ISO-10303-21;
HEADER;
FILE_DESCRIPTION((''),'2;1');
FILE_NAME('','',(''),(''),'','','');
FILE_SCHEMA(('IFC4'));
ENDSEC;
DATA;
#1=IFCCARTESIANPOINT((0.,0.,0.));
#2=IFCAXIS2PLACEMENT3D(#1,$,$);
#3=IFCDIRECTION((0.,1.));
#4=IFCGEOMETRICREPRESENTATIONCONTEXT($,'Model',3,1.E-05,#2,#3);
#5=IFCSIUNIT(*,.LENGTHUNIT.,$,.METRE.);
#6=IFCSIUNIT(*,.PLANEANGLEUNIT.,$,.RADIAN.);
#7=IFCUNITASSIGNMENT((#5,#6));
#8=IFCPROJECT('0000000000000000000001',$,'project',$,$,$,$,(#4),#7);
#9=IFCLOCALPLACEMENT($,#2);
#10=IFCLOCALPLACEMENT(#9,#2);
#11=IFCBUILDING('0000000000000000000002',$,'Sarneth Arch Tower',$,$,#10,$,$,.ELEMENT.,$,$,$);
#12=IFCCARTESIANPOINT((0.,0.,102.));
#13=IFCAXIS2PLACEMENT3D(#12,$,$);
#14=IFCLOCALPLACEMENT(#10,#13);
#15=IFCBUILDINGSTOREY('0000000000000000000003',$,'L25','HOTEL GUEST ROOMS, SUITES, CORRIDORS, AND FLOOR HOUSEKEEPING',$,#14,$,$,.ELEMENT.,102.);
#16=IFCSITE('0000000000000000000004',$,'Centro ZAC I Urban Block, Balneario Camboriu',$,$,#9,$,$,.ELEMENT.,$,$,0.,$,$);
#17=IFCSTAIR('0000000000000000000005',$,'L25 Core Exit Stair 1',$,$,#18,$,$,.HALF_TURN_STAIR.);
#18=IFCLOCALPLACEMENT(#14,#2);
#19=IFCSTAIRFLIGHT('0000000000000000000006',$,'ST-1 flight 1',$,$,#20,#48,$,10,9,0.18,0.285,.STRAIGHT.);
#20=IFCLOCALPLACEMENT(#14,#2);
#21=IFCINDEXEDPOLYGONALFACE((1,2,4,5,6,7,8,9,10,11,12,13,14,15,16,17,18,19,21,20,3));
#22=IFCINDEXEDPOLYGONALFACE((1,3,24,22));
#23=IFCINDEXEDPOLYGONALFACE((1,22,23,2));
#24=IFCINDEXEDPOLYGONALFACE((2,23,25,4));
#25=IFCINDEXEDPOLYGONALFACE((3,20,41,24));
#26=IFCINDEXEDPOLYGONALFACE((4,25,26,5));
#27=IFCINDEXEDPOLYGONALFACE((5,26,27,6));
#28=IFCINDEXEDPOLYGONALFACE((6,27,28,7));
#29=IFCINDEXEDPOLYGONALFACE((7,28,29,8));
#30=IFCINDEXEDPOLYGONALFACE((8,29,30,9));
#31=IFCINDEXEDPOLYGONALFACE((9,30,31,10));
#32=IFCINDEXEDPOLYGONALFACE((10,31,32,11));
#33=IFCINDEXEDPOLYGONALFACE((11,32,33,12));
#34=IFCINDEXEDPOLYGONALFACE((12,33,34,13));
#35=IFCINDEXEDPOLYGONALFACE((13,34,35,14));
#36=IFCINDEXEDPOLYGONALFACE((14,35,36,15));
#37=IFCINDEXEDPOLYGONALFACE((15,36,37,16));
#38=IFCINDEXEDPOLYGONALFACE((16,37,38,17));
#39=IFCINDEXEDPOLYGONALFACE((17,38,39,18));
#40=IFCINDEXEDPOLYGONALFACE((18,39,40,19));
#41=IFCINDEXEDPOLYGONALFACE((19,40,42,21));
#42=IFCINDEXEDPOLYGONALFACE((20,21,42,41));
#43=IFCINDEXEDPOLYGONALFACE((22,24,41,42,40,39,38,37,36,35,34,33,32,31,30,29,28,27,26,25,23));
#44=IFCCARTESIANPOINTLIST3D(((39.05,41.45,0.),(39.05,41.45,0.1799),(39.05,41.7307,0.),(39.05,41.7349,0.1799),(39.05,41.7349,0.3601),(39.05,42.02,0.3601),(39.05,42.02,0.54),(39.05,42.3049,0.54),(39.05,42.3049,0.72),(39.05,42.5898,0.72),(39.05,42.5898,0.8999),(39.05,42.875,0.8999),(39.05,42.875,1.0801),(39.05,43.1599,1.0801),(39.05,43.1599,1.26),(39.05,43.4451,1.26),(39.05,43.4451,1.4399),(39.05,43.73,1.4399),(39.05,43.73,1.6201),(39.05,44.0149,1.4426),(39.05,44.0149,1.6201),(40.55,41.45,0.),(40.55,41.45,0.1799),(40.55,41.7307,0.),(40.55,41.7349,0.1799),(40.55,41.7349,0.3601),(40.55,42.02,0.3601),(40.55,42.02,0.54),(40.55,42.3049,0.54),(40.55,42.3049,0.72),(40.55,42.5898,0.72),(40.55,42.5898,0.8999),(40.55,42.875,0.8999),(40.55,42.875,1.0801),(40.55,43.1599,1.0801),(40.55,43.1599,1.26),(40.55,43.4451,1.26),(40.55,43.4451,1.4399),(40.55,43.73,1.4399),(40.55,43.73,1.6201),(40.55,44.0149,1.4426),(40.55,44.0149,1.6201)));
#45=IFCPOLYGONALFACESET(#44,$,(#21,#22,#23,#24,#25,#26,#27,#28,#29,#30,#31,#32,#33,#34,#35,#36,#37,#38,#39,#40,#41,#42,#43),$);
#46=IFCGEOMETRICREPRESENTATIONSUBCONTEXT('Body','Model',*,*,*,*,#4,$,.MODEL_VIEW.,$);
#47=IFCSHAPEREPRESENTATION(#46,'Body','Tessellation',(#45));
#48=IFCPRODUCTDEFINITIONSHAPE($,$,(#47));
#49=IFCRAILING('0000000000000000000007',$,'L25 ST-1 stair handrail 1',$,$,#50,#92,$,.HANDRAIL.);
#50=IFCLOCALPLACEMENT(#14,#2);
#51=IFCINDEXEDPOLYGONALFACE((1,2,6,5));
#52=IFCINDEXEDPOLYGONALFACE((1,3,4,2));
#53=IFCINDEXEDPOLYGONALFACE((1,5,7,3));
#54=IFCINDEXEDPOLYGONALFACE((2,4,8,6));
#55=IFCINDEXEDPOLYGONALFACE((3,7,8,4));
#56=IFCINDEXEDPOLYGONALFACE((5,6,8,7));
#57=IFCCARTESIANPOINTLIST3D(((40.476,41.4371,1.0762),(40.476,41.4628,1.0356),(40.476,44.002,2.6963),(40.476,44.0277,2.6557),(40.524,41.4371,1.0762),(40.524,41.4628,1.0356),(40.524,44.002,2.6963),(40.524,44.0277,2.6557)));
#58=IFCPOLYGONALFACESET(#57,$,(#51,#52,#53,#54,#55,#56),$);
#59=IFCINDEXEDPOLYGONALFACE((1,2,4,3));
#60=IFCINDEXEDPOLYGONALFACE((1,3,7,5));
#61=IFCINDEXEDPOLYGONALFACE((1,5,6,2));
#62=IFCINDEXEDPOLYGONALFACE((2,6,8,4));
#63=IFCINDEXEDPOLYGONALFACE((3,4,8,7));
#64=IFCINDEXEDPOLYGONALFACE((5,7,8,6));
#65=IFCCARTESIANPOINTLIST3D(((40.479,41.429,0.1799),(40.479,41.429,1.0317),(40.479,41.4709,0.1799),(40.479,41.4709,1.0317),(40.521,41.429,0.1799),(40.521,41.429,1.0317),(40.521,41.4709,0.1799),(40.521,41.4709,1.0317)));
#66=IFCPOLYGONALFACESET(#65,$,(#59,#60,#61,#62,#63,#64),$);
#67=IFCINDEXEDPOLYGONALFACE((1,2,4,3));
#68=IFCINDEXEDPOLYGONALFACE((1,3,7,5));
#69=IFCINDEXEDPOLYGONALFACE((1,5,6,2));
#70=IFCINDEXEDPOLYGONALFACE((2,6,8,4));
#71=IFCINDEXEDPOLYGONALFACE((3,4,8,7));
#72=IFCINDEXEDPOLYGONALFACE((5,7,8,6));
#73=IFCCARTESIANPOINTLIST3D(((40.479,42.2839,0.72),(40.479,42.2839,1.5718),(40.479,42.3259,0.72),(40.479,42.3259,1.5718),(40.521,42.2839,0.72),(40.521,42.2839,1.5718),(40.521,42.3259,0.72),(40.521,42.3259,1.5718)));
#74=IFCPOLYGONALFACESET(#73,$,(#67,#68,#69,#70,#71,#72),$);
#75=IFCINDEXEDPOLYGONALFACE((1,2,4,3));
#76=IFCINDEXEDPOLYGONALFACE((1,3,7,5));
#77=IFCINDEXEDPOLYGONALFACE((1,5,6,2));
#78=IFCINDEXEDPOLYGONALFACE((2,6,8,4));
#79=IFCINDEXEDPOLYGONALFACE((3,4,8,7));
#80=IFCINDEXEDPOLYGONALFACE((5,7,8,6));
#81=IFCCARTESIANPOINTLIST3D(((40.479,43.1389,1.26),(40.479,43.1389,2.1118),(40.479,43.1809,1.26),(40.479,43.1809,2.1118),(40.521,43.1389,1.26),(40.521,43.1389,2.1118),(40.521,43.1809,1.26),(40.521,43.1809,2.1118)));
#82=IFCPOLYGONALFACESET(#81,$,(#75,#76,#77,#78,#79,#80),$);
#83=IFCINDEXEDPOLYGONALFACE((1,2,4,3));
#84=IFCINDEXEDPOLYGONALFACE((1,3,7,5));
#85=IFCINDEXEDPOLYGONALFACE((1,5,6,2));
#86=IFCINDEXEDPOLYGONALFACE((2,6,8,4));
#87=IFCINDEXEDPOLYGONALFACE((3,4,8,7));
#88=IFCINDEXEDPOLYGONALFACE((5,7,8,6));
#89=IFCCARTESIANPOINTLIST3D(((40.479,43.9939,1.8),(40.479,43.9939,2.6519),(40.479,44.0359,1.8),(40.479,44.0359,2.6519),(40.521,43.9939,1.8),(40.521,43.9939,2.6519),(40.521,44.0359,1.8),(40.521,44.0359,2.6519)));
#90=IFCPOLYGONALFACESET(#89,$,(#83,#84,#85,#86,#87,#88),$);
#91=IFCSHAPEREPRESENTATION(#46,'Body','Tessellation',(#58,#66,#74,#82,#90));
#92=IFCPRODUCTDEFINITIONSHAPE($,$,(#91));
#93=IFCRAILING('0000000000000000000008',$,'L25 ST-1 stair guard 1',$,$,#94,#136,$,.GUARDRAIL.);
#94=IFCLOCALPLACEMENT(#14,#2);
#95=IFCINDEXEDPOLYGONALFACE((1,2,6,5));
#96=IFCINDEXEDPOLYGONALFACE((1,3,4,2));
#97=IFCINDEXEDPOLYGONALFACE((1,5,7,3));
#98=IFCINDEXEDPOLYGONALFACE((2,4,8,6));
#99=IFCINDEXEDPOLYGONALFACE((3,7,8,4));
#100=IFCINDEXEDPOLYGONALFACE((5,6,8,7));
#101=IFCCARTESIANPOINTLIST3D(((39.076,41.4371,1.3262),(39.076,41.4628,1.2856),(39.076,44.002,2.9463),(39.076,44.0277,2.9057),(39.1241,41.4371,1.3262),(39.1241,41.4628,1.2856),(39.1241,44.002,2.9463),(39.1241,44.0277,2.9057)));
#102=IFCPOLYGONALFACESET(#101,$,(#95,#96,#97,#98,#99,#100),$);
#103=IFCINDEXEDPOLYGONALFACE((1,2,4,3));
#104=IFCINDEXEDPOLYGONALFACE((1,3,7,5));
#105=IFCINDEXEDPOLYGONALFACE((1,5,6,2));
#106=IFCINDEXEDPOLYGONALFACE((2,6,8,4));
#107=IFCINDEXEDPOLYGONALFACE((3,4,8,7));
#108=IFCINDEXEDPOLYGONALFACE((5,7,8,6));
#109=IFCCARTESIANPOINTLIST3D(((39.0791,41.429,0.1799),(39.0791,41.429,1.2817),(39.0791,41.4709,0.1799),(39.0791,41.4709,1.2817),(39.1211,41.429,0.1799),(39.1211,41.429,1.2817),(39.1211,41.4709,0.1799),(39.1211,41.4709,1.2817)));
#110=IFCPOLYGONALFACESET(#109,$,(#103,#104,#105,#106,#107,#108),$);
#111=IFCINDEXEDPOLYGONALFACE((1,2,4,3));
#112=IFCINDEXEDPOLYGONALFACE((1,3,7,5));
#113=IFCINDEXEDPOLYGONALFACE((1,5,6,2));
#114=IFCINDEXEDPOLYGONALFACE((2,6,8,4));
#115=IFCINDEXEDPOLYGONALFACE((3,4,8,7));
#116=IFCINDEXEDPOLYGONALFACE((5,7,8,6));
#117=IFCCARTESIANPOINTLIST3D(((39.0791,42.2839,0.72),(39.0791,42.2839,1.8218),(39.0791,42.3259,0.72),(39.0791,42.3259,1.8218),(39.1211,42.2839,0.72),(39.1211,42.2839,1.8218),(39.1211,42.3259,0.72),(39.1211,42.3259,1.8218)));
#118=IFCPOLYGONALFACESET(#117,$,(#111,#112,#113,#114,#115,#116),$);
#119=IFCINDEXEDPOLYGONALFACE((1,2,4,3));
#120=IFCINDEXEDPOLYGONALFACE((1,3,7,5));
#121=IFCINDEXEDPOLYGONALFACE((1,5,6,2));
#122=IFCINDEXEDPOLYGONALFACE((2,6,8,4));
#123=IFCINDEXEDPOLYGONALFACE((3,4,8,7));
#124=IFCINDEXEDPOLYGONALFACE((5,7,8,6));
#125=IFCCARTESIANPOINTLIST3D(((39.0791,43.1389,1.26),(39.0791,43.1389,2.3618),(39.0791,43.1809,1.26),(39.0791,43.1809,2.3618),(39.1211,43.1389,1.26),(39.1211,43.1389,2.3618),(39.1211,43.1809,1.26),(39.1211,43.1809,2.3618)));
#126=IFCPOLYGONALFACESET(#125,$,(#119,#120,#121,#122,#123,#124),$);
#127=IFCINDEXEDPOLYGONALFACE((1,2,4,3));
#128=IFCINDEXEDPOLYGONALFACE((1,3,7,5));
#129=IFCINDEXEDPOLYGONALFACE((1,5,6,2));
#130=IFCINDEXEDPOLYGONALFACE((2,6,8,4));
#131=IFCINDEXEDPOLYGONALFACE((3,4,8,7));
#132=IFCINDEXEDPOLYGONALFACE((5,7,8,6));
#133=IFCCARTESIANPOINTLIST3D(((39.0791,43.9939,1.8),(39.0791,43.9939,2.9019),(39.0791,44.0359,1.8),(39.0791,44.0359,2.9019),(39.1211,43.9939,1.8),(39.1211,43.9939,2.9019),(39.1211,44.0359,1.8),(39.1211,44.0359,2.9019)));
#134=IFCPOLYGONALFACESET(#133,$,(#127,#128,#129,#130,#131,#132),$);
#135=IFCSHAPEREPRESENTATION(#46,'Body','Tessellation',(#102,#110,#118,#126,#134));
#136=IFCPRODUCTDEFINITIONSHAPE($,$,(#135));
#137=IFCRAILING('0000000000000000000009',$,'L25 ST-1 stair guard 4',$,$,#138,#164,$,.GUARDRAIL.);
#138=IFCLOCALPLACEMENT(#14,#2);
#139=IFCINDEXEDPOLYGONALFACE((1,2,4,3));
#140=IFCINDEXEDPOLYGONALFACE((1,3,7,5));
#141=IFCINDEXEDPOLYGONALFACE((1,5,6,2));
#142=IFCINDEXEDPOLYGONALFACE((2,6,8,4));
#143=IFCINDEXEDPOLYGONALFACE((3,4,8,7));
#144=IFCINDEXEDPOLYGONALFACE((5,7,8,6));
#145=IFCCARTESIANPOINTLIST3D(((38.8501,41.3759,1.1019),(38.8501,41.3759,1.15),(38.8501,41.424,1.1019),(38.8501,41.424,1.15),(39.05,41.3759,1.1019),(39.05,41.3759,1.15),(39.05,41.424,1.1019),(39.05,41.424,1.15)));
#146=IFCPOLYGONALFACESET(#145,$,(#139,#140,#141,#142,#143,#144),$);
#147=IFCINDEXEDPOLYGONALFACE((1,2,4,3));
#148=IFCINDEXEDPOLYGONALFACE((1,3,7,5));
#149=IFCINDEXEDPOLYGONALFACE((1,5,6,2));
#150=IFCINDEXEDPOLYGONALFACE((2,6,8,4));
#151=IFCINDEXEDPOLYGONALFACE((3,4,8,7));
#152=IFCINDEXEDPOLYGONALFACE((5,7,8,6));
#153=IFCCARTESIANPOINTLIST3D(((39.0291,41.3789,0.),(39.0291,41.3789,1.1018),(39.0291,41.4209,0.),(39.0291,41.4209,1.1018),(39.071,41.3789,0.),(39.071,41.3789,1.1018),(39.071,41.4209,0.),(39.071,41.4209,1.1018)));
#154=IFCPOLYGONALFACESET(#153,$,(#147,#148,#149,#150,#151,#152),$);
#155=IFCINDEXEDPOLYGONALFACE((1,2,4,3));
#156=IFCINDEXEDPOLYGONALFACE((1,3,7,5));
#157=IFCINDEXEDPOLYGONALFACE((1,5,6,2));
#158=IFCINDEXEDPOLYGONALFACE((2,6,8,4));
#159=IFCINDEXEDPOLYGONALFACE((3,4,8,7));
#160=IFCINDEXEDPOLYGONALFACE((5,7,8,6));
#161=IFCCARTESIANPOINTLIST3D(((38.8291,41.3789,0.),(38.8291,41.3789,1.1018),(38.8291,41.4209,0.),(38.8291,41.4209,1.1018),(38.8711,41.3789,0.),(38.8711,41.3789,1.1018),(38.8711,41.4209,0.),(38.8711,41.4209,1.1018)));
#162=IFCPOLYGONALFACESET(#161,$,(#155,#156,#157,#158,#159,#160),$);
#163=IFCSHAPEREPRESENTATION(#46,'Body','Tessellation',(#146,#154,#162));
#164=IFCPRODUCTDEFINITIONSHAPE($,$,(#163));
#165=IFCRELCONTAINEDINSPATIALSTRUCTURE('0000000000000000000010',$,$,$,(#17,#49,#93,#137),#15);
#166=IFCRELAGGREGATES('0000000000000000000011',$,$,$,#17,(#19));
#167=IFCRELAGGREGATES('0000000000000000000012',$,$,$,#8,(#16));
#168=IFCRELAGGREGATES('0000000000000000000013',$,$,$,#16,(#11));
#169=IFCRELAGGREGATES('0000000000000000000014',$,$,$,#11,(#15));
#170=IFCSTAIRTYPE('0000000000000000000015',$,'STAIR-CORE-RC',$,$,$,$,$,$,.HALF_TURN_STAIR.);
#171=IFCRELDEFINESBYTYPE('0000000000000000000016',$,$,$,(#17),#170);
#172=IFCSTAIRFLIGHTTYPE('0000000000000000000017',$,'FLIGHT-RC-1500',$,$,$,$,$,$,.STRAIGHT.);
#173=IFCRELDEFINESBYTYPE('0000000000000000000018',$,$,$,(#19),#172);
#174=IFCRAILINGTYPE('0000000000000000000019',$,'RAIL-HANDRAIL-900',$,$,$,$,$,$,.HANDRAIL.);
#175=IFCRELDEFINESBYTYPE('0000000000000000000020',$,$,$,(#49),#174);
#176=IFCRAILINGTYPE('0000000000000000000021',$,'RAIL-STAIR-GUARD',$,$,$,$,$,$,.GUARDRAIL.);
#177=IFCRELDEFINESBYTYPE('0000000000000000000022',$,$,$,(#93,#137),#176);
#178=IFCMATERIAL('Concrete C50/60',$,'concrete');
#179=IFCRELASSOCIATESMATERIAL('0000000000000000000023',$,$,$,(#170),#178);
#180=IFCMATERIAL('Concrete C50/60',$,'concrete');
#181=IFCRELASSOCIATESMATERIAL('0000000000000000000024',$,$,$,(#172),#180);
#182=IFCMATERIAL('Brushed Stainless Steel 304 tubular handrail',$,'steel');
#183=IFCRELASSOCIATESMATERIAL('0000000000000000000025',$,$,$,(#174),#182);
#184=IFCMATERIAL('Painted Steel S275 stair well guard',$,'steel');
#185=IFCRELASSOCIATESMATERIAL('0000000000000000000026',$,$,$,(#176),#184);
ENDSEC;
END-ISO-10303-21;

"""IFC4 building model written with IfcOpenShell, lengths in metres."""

from ifc_helpers import new_model, si_unit, direction, frame, origin, origin_2d, place, context, subcontext, project, spatial, polyline, rectangle, outline, extrude, material, type_object, element, aggregate, save


model = new_model("IFC4")

# Units and contexts
model_context = context("Model", 3, precision=1e-05, world=origin(), true_north=direction((0.0, 1.0)))
body_context = subcontext(model_context, "Body", "Model", "MODEL_VIEW")
ifc_project = project(units=[si_unit("LENGTHUNIT", "METRE"), si_unit("PLANEANGLEUNIT", "RADIAN")], contexts=[model_context])

# Site, building, storey
site_placement = place(None, origin())
site = spatial("IfcSite", under=ifc_project, at=site_placement, Name="Centro ZAC I Urban Block, Balneario Camboriu", CompositionType="ELEMENT", RefElevation=0.0)
building_placement = place(site_placement, origin())
building = spatial("IfcBuilding", under=site, at=building_placement, Name="Sarneth Arch Tower", CompositionType="ELEMENT")
storey_placement = place(building_placement, frame((0.0, 0.0, 102.0)))
storey = spatial("IfcBuildingStorey", under=building, at=storey_placement, Name="L25", Description="HOTEL GUEST ROOMS, SUITES, CORRIDORS, AND FLOOR HOUSEKEEPING", CompositionType="ELEMENT", Elevation=102.0)

# Stair, stair flight
ifc_material_1 = material(Name="Concrete C50/60", Category="concrete")
stair_type = type_object("IfcStairType", Name="STAIR-CORE-RC", PredefinedType="HALF_TURN_STAIR", material=ifc_material_1)
stair_placement = place(storey_placement, origin())
stair = element("IfcStair", 1, at=stair_placement, inside=storey, type_object=stair_type, Name="L25 Core Exit Stair 1", PredefinedType="HALF_TURN_STAIR")
ifc_material_2 = material(Name="Concrete C50/60", Category="concrete")
stair_flight_type = type_object("IfcStairFlightType", Name="FLIGHT-RC-1500", PredefinedType="STRAIGHT", material=ifc_material_2)
stair_flight_placement = place(storey_placement, frame((39.8, 41.45, 0.0), z_axis=(0.0, 0.0, 1.0), x_axis=(0.0, 1.0, 0.0)))
stair_flight = element("IfcStairFlight", 2, at=stair_flight_placement, type_object=stair_flight_type, Name="ST-1 flight 1", NumberOfRisers=10, NumberOfTreads=9, PredefinedType="STRAIGHT", RiserHeight=0.18, TreadLength=0.285, context=body_context, shape_type="SweptSolid", body=[
    extrude(outline(polyline([(0.0, 0.0), (0.0, 0.1799), (0.2849, 0.1799), (0.2849, 0.3601), (0.5701, 0.3601), (0.5701, 0.54), (0.855, 0.54), (0.855, 0.72), (1.1399, 0.72), (1.1399, 0.8999), (1.425, 0.8999), (1.425, 1.0801), (1.71, 1.0801), (1.71, 1.26), (1.9951, 1.26), (1.9951, 1.4399), (2.28, 1.4399), (2.28, 1.6201), (2.5649, 1.6201), (2.5649, 1.8), (2.5649, 1.4426), (0.2808, 0.0), (0.0, 0.0)])), frame((0.0, 0.75, 0.0), z_axis=(0.0, -1.0, 0.0), x_axis=(1.0, 0.0, 0.0)), (0.0, 0.0, 1.0), 1.5),
])
aggregate(stair, [stair_flight])

# Railings
ifc_material_3 = material(Name="Brushed Stainless Steel 304 tubular handrail", Category="steel")
railing_type_1 = type_object("IfcRailingType", Name="RAIL-HANDRAIL-900", PredefinedType="HANDRAIL", material=ifc_material_3)
railing_1_placement = place(storey_placement, frame((40.5, 41.45, 0.1799)))
element("IfcRailing", 3, at=railing_1_placement, inside=storey, type_object=railing_type_1, Name="L25 ST-1 stair handrail 1", PredefinedType="HANDRAIL", context=body_context, shape_type="SweptSolid", body=[
    extrude(rectangle(XDim=0.0481, YDim=0.0481, at=origin_2d()), frame((0.0, 0.0, 0.876), z_axis=(0.0, 0.845466, 0.534029), x_axis=(-1.0, 0.0, 0.0)), (0.0, 0.0, 1.0), 3.0337),
    extrude(rectangle(XDim=0.042, YDim=0.042, at=origin_2d()), origin(), (0.0, 0.0, 1.0), 0.8518),
    extrude(rectangle(XDim=0.042, YDim=0.042, at=origin_2d()), frame((0.0, 0.855, 0.54)), (0.0, 0.0, 1.0), 0.8518),
    extrude(rectangle(XDim=0.042, YDim=0.042, at=origin_2d()), frame((0.0, 1.71, 1.0801)), (0.0, 0.0, 1.0), 0.8518),
    extrude(rectangle(XDim=0.042, YDim=0.042, at=origin_2d()), frame((0.0, 2.5649, 1.6201)), (0.0, 0.0, 1.0), 0.8518),
])
ifc_material_4 = material(Name="Painted Steel S275 stair well guard", Category="steel")
railing_type_2 = type_object("IfcRailingType", Name="RAIL-STAIR-GUARD", PredefinedType="GUARDRAIL", material=ifc_material_4)
railing_2_placement = place(storey_placement, frame((39.1001, 41.45, 0.1799)))
element("IfcRailing", 4, at=railing_2_placement, inside=storey, type_object=railing_type_2, Name="L25 ST-1 stair guard 1", PredefinedType="GUARDRAIL", context=body_context, shape_type="SweptSolid", body=[
    extrude(rectangle(XDim=0.0481, YDim=0.0481, at=origin_2d()), frame((0.0, 0.0, 1.126), z_axis=(0.0, 0.845466, 0.534029), x_axis=(-1.0, 0.0, 0.0)), (0.0, 0.0, 1.0), 3.0337),
    extrude(rectangle(XDim=0.042, YDim=0.042, at=origin_2d()), origin(), (0.0, 0.0, 1.0), 1.1018),
    extrude(rectangle(XDim=0.042, YDim=0.042, at=origin_2d()), frame((0.0, 0.855, 0.54)), (0.0, 0.0, 1.0), 1.1018),
    extrude(rectangle(XDim=0.042, YDim=0.042, at=origin_2d()), frame((0.0, 1.71, 1.0801)), (0.0, 0.0, 1.0), 1.1018),
    extrude(rectangle(XDim=0.042, YDim=0.042, at=origin_2d()), frame((0.0, 2.5649, 1.6201)), (0.0, 0.0, 1.0), 1.1018),
])
railing_3_placement = place(storey_placement, frame((39.05, 41.3999, 0.0)))
element("IfcRailing", 5, at=railing_3_placement, inside=storey, type_object=railing_type_2, Name="L25 ST-1 stair guard 4", PredefinedType="GUARDRAIL", context=body_context, shape_type="SweptSolid", body=[
    extrude(rectangle(XDim=0.0481, YDim=0.0481, at=origin_2d()), frame((0.0, 0.0, 1.126), z_axis=(-1.0, 0.0, 0.0), x_axis=(0.0, -1.0, 0.0)), (0.0, 0.0, 1.0), 0.2),
    extrude(rectangle(XDim=0.042, YDim=0.042, at=origin_2d()), origin(), (0.0, 0.0, 1.0), 1.1018),
    extrude(rectangle(XDim=0.042, YDim=0.042, at=origin_2d()), frame((-0.2, 0.0, 0.0)), (0.0, 0.0, 1.0), 1.1018),
])

save(model, "model.ifc")
